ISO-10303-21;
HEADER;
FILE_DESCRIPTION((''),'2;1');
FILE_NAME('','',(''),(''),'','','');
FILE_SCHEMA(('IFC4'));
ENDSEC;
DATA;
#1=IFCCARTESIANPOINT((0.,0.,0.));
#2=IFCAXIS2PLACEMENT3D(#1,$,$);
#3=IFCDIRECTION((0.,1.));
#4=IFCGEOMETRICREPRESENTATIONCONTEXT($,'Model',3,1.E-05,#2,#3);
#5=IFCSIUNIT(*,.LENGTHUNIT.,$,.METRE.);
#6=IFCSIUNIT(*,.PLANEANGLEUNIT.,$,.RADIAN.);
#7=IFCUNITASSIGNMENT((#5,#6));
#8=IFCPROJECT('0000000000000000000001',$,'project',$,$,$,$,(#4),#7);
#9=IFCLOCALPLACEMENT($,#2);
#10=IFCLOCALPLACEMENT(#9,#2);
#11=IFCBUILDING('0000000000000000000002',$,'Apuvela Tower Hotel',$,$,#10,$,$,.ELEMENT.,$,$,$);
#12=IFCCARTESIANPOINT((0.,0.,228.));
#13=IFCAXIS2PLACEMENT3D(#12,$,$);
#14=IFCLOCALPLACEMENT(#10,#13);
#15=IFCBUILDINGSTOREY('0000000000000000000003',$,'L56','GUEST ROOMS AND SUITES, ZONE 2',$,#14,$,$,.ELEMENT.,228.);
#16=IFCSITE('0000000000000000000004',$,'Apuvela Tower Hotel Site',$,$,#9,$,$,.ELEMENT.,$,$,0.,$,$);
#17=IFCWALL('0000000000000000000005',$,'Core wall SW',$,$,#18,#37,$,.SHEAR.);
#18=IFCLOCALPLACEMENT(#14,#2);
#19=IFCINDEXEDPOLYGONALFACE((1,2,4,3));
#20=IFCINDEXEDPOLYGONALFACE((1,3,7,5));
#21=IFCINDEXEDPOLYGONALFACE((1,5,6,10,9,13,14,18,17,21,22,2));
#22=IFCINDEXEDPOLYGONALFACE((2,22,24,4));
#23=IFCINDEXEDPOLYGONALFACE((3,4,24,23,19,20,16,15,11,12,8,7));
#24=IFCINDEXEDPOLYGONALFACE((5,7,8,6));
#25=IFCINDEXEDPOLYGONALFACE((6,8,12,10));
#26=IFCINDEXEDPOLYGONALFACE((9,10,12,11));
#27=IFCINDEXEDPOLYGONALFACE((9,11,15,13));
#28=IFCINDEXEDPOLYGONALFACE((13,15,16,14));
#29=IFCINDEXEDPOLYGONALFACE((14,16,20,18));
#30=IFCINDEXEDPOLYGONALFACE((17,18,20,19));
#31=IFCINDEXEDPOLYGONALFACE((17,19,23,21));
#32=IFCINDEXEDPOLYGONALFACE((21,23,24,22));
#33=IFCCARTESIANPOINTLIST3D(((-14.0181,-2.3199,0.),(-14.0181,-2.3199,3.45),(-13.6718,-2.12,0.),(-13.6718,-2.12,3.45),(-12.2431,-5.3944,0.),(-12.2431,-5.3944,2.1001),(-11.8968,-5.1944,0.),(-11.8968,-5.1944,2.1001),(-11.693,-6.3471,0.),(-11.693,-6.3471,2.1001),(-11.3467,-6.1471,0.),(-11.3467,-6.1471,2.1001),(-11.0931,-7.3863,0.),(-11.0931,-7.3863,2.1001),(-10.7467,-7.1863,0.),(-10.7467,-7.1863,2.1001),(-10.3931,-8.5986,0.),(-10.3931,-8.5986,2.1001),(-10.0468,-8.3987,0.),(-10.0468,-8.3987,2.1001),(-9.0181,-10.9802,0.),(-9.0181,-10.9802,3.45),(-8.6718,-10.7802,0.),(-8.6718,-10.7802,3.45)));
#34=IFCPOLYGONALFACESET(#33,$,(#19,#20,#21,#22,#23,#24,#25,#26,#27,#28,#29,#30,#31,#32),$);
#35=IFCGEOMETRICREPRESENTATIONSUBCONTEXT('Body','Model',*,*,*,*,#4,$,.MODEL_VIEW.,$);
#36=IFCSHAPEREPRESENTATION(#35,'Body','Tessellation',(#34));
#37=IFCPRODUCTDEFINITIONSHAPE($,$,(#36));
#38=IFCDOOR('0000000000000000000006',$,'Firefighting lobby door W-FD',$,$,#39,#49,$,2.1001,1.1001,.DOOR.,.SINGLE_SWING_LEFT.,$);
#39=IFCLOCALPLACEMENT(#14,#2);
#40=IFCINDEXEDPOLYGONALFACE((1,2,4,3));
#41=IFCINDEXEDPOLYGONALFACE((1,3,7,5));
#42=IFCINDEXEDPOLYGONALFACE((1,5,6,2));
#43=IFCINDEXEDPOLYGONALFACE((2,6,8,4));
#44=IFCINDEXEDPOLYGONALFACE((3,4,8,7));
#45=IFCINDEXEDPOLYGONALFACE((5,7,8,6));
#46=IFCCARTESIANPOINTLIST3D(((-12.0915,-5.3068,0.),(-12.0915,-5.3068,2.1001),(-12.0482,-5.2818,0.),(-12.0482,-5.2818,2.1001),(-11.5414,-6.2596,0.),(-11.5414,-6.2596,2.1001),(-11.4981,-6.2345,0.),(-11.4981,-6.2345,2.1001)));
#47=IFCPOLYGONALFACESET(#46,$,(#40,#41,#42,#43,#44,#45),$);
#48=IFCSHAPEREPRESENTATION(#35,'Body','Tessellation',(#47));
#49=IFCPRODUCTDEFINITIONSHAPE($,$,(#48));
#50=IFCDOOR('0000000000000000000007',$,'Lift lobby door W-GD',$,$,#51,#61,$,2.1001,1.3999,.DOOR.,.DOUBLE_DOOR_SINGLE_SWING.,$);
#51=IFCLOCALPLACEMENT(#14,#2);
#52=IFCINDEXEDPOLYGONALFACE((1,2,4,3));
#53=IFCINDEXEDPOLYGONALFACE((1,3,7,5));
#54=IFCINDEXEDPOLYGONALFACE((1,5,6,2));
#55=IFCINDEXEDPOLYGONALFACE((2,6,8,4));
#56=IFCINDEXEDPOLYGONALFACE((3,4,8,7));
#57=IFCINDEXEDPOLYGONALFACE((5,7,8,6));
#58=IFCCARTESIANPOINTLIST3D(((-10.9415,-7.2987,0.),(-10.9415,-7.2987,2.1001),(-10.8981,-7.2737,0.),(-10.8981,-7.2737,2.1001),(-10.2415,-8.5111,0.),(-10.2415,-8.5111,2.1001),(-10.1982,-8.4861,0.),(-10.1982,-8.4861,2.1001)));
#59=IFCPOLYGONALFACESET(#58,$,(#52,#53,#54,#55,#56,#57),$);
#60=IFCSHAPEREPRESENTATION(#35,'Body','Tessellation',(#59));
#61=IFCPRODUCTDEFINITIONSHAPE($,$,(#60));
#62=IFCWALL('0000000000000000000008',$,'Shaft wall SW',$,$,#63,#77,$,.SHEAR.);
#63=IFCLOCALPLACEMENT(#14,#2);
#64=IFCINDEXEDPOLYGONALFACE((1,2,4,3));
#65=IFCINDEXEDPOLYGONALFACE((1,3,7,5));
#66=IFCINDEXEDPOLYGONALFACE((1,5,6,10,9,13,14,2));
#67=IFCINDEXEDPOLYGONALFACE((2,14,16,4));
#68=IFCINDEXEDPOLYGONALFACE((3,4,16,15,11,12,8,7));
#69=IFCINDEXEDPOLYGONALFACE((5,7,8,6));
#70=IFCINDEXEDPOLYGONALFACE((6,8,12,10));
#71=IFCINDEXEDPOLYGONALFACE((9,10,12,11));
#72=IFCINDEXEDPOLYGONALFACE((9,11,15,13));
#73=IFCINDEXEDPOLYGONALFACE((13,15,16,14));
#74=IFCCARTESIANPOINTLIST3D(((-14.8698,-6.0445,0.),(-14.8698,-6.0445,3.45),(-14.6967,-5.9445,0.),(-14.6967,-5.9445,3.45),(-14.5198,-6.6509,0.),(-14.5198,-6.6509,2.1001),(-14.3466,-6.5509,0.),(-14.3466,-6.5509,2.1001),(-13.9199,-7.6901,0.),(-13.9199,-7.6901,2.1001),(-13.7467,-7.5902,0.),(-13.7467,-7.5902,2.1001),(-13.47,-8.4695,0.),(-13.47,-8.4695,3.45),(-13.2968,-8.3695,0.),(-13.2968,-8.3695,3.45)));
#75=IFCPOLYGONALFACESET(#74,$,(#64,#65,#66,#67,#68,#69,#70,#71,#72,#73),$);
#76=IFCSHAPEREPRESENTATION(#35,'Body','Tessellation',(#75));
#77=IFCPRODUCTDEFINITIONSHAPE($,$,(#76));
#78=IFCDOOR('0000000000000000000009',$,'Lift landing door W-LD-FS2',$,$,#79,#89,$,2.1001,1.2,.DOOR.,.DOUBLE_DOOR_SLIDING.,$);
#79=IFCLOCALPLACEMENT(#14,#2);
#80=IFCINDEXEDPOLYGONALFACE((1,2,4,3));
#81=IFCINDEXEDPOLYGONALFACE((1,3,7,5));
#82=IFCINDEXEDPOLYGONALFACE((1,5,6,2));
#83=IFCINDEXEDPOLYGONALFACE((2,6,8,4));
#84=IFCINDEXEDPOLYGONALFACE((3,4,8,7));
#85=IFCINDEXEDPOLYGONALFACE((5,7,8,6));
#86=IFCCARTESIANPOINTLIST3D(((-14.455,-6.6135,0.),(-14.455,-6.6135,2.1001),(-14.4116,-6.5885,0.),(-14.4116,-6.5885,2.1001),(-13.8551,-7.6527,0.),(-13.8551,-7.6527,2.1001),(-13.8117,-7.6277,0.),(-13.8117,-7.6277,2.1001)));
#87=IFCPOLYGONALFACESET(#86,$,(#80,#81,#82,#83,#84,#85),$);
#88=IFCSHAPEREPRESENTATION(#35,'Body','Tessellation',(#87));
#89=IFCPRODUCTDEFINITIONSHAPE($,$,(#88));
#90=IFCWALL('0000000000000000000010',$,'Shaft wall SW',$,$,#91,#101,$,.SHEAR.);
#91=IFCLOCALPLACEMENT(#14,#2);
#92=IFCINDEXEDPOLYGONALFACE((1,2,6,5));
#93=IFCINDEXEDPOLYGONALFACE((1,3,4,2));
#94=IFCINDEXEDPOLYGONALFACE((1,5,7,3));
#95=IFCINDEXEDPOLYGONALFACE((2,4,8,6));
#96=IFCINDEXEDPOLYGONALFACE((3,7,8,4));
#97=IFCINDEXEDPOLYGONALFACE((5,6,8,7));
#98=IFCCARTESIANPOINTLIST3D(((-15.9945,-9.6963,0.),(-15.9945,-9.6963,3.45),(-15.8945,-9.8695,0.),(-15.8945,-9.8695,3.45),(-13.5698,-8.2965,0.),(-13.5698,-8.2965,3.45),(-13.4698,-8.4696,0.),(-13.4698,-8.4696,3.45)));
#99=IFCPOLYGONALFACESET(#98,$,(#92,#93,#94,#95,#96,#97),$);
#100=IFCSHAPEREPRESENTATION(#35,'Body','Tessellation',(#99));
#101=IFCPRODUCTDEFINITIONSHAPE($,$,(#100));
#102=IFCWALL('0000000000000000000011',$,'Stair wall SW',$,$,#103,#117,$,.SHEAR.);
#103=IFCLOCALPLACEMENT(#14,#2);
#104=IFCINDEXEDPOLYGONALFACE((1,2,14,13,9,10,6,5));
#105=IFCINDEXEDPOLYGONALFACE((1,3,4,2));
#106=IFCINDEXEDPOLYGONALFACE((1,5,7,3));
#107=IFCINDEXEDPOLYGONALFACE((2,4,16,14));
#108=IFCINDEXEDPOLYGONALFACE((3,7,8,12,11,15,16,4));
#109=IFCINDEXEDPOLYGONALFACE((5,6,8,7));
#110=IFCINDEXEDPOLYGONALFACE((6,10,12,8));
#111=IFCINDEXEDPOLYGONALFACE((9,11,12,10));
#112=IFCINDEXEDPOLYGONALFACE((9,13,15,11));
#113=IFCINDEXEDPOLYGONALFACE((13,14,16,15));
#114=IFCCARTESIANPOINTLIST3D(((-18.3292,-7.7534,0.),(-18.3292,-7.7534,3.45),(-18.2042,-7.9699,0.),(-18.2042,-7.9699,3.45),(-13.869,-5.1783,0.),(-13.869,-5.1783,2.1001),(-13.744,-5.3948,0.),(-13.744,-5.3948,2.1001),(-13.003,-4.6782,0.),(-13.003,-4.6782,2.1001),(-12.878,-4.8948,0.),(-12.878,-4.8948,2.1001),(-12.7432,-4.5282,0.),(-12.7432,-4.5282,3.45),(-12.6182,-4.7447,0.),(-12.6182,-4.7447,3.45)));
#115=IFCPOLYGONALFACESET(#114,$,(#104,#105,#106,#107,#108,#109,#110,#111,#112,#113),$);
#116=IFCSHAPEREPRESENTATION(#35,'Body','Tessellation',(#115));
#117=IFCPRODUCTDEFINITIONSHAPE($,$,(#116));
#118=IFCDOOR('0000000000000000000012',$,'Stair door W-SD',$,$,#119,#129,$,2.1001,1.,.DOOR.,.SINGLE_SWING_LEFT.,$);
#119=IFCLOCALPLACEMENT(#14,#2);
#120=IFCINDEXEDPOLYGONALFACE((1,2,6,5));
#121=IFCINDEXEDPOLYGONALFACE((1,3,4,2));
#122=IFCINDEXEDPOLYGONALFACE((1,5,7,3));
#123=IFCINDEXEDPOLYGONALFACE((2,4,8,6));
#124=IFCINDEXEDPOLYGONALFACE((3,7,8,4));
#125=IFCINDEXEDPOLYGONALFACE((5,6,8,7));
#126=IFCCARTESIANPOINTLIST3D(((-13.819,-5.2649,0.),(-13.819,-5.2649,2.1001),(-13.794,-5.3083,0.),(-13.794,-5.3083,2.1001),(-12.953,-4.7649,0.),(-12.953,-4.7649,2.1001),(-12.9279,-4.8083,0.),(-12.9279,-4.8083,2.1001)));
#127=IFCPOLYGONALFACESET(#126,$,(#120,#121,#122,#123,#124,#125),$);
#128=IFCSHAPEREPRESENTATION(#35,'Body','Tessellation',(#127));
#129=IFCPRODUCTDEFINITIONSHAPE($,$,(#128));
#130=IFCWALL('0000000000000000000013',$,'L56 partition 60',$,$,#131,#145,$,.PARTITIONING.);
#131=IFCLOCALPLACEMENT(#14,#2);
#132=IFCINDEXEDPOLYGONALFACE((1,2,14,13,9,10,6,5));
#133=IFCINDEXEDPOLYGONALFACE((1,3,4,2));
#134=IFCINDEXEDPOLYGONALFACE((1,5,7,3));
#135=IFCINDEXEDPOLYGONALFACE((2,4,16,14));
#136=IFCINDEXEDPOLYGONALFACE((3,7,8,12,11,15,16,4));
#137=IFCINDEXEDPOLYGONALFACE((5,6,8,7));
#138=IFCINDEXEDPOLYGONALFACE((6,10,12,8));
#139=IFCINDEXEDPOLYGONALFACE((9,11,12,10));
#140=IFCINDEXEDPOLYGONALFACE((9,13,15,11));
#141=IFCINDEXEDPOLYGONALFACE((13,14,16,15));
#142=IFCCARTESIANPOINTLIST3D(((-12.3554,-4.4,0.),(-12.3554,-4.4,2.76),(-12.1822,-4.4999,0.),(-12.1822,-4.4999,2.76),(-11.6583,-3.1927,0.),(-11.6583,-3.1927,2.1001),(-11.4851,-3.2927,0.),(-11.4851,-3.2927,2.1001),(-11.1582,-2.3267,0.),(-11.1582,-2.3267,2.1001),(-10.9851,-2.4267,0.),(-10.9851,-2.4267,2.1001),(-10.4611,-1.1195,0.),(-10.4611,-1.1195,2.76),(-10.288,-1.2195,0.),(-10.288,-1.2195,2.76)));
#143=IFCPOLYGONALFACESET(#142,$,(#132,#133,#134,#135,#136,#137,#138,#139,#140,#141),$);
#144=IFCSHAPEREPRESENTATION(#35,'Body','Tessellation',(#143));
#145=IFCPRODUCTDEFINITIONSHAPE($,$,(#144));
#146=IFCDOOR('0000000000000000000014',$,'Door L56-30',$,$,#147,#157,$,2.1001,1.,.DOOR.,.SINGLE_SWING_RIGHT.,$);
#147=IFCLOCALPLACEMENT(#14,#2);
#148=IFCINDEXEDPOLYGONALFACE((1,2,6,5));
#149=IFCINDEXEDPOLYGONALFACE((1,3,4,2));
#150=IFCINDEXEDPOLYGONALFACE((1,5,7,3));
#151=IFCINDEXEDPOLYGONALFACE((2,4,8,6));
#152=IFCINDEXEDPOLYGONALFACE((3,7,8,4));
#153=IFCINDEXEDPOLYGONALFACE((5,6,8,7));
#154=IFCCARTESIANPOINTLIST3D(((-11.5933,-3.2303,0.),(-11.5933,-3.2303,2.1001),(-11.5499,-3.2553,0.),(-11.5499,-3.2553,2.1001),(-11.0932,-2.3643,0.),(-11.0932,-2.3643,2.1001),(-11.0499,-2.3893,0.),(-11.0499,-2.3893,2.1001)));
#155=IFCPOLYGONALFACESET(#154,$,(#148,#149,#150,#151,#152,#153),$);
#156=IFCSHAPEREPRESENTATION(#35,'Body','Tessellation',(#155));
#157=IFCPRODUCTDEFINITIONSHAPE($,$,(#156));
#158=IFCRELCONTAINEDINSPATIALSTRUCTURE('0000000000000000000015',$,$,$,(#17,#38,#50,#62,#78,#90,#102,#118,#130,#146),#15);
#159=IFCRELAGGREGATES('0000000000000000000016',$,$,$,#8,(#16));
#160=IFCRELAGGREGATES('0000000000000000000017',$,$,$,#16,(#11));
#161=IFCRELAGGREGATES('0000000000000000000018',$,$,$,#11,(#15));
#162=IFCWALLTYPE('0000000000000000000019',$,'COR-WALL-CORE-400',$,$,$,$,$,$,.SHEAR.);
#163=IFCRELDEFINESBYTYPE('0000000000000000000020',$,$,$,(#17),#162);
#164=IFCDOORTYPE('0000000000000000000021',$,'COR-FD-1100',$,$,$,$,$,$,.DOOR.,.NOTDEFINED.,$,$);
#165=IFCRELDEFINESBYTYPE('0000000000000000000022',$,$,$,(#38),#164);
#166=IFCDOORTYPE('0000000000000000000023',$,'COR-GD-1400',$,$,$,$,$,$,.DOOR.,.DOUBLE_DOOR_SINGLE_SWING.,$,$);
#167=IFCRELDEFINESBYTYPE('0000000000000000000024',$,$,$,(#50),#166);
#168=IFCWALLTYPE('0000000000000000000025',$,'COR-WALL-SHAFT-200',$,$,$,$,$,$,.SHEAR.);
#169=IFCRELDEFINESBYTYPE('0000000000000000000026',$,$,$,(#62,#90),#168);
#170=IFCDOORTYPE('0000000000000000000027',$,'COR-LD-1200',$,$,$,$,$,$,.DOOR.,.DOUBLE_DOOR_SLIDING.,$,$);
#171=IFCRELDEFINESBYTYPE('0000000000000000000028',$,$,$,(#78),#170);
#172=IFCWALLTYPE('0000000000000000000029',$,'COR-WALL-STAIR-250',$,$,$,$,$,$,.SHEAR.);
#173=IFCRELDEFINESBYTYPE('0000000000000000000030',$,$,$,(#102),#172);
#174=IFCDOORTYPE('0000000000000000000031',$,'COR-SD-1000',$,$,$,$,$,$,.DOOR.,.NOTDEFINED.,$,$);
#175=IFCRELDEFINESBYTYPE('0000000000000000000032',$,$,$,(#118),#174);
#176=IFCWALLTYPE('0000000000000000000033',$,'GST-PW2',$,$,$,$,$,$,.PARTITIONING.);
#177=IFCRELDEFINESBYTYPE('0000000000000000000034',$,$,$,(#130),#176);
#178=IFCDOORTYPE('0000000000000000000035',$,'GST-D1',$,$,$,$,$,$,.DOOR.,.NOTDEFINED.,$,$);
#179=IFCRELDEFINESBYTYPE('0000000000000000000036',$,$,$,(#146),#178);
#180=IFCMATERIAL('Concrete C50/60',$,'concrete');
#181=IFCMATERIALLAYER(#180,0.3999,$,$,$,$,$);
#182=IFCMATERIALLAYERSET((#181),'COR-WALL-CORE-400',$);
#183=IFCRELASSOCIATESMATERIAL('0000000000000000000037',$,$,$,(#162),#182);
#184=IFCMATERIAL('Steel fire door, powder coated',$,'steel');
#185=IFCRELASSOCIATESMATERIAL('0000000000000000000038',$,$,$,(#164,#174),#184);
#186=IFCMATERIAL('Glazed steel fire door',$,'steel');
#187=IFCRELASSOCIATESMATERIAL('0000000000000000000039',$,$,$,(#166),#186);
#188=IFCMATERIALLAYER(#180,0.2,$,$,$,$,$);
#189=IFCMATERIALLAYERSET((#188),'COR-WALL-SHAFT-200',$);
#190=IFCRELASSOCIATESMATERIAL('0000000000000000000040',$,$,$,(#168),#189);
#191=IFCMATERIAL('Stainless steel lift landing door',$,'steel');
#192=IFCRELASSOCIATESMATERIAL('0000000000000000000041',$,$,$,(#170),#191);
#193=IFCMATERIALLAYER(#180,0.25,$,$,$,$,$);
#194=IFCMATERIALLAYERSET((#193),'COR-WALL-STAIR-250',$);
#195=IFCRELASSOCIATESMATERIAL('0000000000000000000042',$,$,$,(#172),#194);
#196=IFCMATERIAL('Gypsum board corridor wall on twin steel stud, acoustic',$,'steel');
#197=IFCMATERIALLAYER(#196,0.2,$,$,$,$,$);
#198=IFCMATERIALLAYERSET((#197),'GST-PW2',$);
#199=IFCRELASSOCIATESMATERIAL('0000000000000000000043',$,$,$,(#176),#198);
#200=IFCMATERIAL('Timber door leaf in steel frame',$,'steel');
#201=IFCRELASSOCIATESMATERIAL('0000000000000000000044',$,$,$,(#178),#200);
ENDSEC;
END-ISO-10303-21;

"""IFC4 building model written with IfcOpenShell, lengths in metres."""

from ifc_helpers import new_model, si_unit, direction, frame, frame_2d, origin, place, context, subcontext, project, spatial, rectangle, extrude, material, layer, layer_set, type_object, element, fill, save


model = new_model("IFC4")

# Units and contexts
model_context = context("Model", 3, precision=1e-05, world=origin(), true_north=direction((0.0, 1.0)))
body_context = subcontext(model_context, "Body", "Model", "MODEL_VIEW")
ifc_project = project(units=[si_unit("LENGTHUNIT", "METRE"), si_unit("PLANEANGLEUNIT", "RADIAN")], contexts=[model_context])

# Site, building, storey
site_placement = place(None, origin())
site = spatial("IfcSite", under=ifc_project, at=site_placement, Name="Apuvela Tower Hotel Site", CompositionType="ELEMENT", RefElevation=0.0)
building_placement = place(site_placement, origin())
building = spatial("IfcBuilding", under=site, at=building_placement, Name="Apuvela Tower Hotel", CompositionType="ELEMENT")
storey_placement = place(building_placement, frame((0.0, 0.0, 228.0)))
storey = spatial("IfcBuildingStorey", under=building, at=storey_placement, Name="L56", Description="GUEST ROOMS AND SUITES, ZONE 2", CompositionType="ELEMENT", Elevation=228.0)

# Wall, openings, doors
ifc_material_1 = material(Name="Concrete C50/60", Category="concrete")
ifc_layer_1 = layer(ifc_material_1, 0.3999)
ifc_layer_set_1 = layer_set([ifc_layer_1], Name="COR-WALL-CORE-400")
wall_type_1 = type_object("IfcWallType", Name="COR-WALL-CORE-400", PredefinedType="SHEAR", material=ifc_layer_set_1)
wall_1_placement = place(storey_placement, frame((-13.845, -2.22, 0.0), z_axis=(0.0, 0.0, 1.0), x_axis=(0.500004, -0.866023, 0.0)))
wall_1 = element("IfcWall", 1, at=wall_1_placement, inside=storey, type_object=wall_type_1, Name="Core wall SW", PredefinedType="SHEAR", context=body_context, shape_type="SweptSolid", body=[
    extrude(rectangle(XDim=10.0, YDim=0.3999, at=frame_2d((5.0, 0.0))), origin(), (0.0, 0.0, 1.0), 3.45),
])
opening_1_placement = place(wall_1_placement, frame((3.55, 0.0, 0.0)))
opening_1 = element("IfcOpeningElement", 2, at=opening_1_placement, cuts=wall_1, PredefinedType="OPENING", context=body_context, shape_type="SweptSolid", body=[
    extrude(rectangle(XDim=1.1001, YDim=2.1001, at=frame_2d((0.55, 1.05))), frame((0.0, 0.21, 0.0), z_axis=(0.0, -1.0, 0.0), x_axis=(1.0, 0.0, 0.0)), (0.0, 0.0, 1.0), 0.4199),
])
opening_2_placement = place(wall_1_placement, frame((5.8501, 0.0, 0.0)))
opening_2 = element("IfcOpeningElement", 3, at=opening_2_placement, cuts=wall_1, PredefinedType="OPENING", context=body_context, shape_type="SweptSolid", body=[
    extrude(rectangle(XDim=1.3999, YDim=2.1001, at=frame_2d((0.7, 1.05))), frame((0.0, 0.21, 0.0), z_axis=(0.0, -1.0, 0.0), x_axis=(1.0, 0.0, 0.0)), (0.0, 0.0, 1.0), 0.4199),
])
ifc_material_2 = material(Name="Steel fire door, powder coated", Category="steel")
door_type_1 = type_object("IfcDoorType", Name="COR-FD-1100", OperationType="NOTDEFINED", PredefinedType="DOOR", material=ifc_material_2)
door_1_placement = place(opening_1_placement, frame((1.1001, 0.0, 0.0), z_axis=(0.0, 0.0, 1.0), x_axis=(-1.0, 0.0, 0.0)))
door_1 = element("IfcDoor", 4, at=door_1_placement, inside=storey, type_object=door_type_1, Name="Firefighting lobby door W-FD", OperationType="SINGLE_SWING_LEFT", OverallHeight=2.1001, OverallWidth=1.1001, PredefinedType="DOOR", context=body_context, shape_type="SweptSolid", body=[
    extrude(rectangle(XDim=1.1001, YDim=2.1001, at=frame_2d((0.55, 1.05))), frame((0.0, 0.0249, 0.0), z_axis=(0.0, -1.0, 0.0), x_axis=(1.0, 0.0, 0.0)), (0.0, 0.0, 1.0), 0.05),
])
fill(opening_1, door_1)
ifc_material_3 = material(Name="Glazed steel fire door", Category="steel")
door_type_2 = type_object("IfcDoorType", Name="COR-GD-1400", OperationType="DOUBLE_DOOR_SINGLE_SWING", PredefinedType="DOOR", material=ifc_material_3)
door_2_placement = place(opening_2_placement, frame((1.3999, 0.0, 0.0), z_axis=(0.0, 0.0, 1.0), x_axis=(-1.0, 0.0, 0.0)))
door_2 = element("IfcDoor", 5, at=door_2_placement, inside=storey, type_object=door_type_2, Name="Lift lobby door W-GD", OperationType="DOUBLE_DOOR_SINGLE_SWING", OverallHeight=2.1001, OverallWidth=1.3999, PredefinedType="DOOR", context=body_context, shape_type="SweptSolid", body=[
    extrude(rectangle(XDim=1.3999, YDim=2.1001, at=frame_2d((0.7, 1.05))), frame((0.0, 0.0249, 0.0), z_axis=(0.0, -1.0, 0.0), x_axis=(1.0, 0.0, 0.0)), (0.0, 0.0, 1.0), 0.05),
])
fill(opening_2, door_2)

# Wall, opening, door
ifc_layer_2 = layer(ifc_material_1, 0.2)
ifc_layer_set_2 = layer_set([ifc_layer_2], Name="COR-WALL-SHAFT-200")
wall_type_2 = type_object("IfcWallType", Name="COR-WALL-SHAFT-200", PredefinedType="SHEAR", material=ifc_layer_set_2)
wall_2_placement = place(storey_placement, frame((-14.7832, -5.9946, 0.0), z_axis=(0.0, 0.0, 1.0), x_axis=(0.499946, -0.866056, 0.0)))
wall_2 = element("IfcWall", 6, at=wall_2_placement, inside=storey, type_object=wall_type_2, Name="Shaft wall SW", PredefinedType="SHEAR", context=body_context, shape_type="SweptSolid", body=[
    extrude(rectangle(XDim=2.8, YDim=0.2, at=frame_2d((1.3999, 0.0))), origin(), (0.0, 0.0, 1.0), 3.45),
])
opening_3_placement = place(wall_2_placement, frame((0.7, 0.0, 0.0)))
opening_3 = element("IfcOpeningElement", 7, at=opening_3_placement, cuts=wall_2, PredefinedType="OPENING", context=body_context, shape_type="SweptSolid", body=[
    extrude(rectangle(XDim=1.2, YDim=2.1001, at=frame_2d((0.6001, 1.05))), frame((0.0, 0.1099, 0.0), z_axis=(0.0, -1.0, 0.0), x_axis=(1.0, 0.0, 0.0)), (0.0, 0.0, 1.0), 0.22),
])
ifc_material_4 = material(Name="Stainless steel lift landing door", Category="steel")
door_type_3 = type_object("IfcDoorType", Name="COR-LD-1200", OperationType="DOUBLE_DOOR_SLIDING", PredefinedType="DOOR", material=ifc_material_4)
door_3_placement = place(opening_3_placement, origin())
door_3 = element("IfcDoor", 8, at=door_3_placement, inside=storey, type_object=door_type_3, Name="Lift landing door W-LD-FS2", OperationType="DOUBLE_DOOR_SLIDING", OverallHeight=2.1001, OverallWidth=1.2, PredefinedType="DOOR", context=body_context, shape_type="SweptSolid", body=[
    extrude(rectangle(XDim=1.2, YDim=2.1001, at=frame_2d((0.6001, 1.05))), frame((0.0, 0.0249, 0.0), z_axis=(0.0, -1.0, 0.0), x_axis=(1.0, 0.0, 0.0)), (0.0, 0.0, 1.0), 0.05),
])
fill(opening_3, door_3)

# Wall
wall_3_placement = place(storey_placement, frame((-13.5198, -8.3831, 0.0), z_axis=(0.0, 0.0, 1.0), x_axis=(-0.866035, -0.499984, 0.0)))
element("IfcWall", 9, at=wall_3_placement, inside=storey, type_object=wall_type_2, Name="Shaft wall SW", PredefinedType="SHEAR", context=body_context, shape_type="SweptSolid", body=[
    extrude(rectangle(XDim=2.7998, YDim=0.2, at=frame_2d((1.3999, 0.0))), origin(), (0.0, 0.0, 1.0), 3.45),
])

# Walls, openings, doors
ifc_layer_3 = layer(ifc_material_1, 0.25)
ifc_layer_set_3 = layer_set([ifc_layer_3], Name="COR-WALL-STAIR-250")
wall_type_3 = type_object("IfcWallType", Name="COR-WALL-STAIR-250", PredefinedType="SHEAR", material=ifc_layer_set_3)
wall_4_placement = place(storey_placement, frame((-12.6807, -4.6365, 0.0), z_axis=(0.0, 0.0, 1.0), x_axis=(-0.866022, -0.500006, 0.0)))
wall_4 = element("IfcWall", 10, at=wall_4_placement, inside=storey, type_object=wall_type_3, Name="Stair wall SW", PredefinedType="SHEAR", context=body_context, shape_type="SweptSolid", body=[
    extrude(rectangle(XDim=6.4502, YDim=0.25, at=frame_2d((3.2251, 0.0))), origin(), (0.0, 0.0, 1.0), 3.45),
])
opening_4_placement = place(wall_4_placement, frame((0.3, 0.0, 0.0)))
opening_4 = element("IfcOpeningElement", 11, at=opening_4_placement, cuts=wall_4, PredefinedType="OPENING", context=body_context, shape_type="SweptSolid", body=[
    extrude(rectangle(XDim=1.0, YDim=2.1001, at=frame_2d((0.5, 1.05))), frame((0.0, 0.135, 0.0), z_axis=(0.0, -1.0, 0.0), x_axis=(1.0, 0.0, 0.0)), (0.0, 0.0, 1.0), 0.27),
])
door_type_4 = type_object("IfcDoorType", Name="COR-SD-1000", OperationType="NOTDEFINED", PredefinedType="DOOR", material=ifc_material_2)
door_4_placement = place(opening_4_placement, frame((1.0, 0.0, 0.0), z_axis=(0.0, 0.0, 1.0), x_axis=(-1.0, 0.0, 0.0)))
door_4 = element("IfcDoor", 12, at=door_4_placement, inside=storey, type_object=door_type_4, Name="Stair door W-SD", OperationType="SINGLE_SWING_LEFT", OverallHeight=2.1001, OverallWidth=1.0, PredefinedType="DOOR", context=body_context, shape_type="SweptSolid", body=[
    extrude(rectangle(XDim=1.0, YDim=2.1001, at=frame_2d((0.5, 1.05))), frame((0.0, 0.0249, 0.0), z_axis=(0.0, -1.0, 0.0), x_axis=(1.0, 0.0, 0.0)), (0.0, 0.0, 1.0), 0.05),
])
fill(opening_4, door_4)
ifc_material_5 = material(Name="Gypsum board corridor wall on twin steel stud, acoustic", Category="steel")
ifc_layer_4 = layer(ifc_material_5, 0.2)
ifc_layer_set_4 = layer_set([ifc_layer_4], Name="GST-PW2")
wall_type_4 = type_object("IfcWallType", Name="GST-PW2", PredefinedType="PARTITIONING", material=ifc_layer_set_4)
wall_5_placement = place(storey_placement, frame((-12.2688, -4.45, 0.0), z_axis=(0.0, 0.0, 1.0), x_axis=(0.500055, 0.865993, 0.0)))
wall_5 = element("IfcWall", 13, at=wall_5_placement, inside=storey, type_object=wall_type_4, Name="L56 partition 60", PredefinedType="PARTITIONING", context=body_context, shape_type="SweptSolid", body=[
    extrude(rectangle(XDim=3.7881, YDim=0.2, at=frame_2d((1.894, 0.0))), origin(), (0.0, 0.0, 1.0), 2.76),
])
opening_5_placement = place(wall_5_placement, frame((1.394, 0.0, 0.0)))
opening_5 = element("IfcOpeningElement", 14, at=opening_5_placement, cuts=wall_5, PredefinedType="OPENING", context=body_context, shape_type="SweptSolid", body=[
    extrude(rectangle(XDim=1.0, YDim=2.1001, at=frame_2d((0.5, 1.05))), frame((0.0, 0.1099, 0.0), z_axis=(0.0, -1.0, 0.0), x_axis=(1.0, 0.0, 0.0)), (0.0, 0.0, 1.0), 0.22),
])
ifc_material_6 = material(Name="Timber door leaf in steel frame", Category="steel")
door_type_5 = type_object("IfcDoorType", Name="GST-D1", OperationType="NOTDEFINED", PredefinedType="DOOR", material=ifc_material_6)
door_5_placement = place(opening_5_placement, origin())
door_5 = element("IfcDoor", 15, at=door_5_placement, inside=storey, type_object=door_type_5, Name="Door L56-30", OperationType="SINGLE_SWING_RIGHT", OverallHeight=2.1001, OverallWidth=1.0, PredefinedType="DOOR", context=body_context, shape_type="SweptSolid", body=[
    extrude(rectangle(XDim=1.0, YDim=2.1001, at=frame_2d((0.5, 1.05))), frame((0.0, 0.0249, 0.0), z_axis=(0.0, -1.0, 0.0), x_axis=(1.0, 0.0, 0.0)), (0.0, 0.0, 1.0), 0.05),
])
fill(opening_5, door_5)

save(model, "model.ifc")
